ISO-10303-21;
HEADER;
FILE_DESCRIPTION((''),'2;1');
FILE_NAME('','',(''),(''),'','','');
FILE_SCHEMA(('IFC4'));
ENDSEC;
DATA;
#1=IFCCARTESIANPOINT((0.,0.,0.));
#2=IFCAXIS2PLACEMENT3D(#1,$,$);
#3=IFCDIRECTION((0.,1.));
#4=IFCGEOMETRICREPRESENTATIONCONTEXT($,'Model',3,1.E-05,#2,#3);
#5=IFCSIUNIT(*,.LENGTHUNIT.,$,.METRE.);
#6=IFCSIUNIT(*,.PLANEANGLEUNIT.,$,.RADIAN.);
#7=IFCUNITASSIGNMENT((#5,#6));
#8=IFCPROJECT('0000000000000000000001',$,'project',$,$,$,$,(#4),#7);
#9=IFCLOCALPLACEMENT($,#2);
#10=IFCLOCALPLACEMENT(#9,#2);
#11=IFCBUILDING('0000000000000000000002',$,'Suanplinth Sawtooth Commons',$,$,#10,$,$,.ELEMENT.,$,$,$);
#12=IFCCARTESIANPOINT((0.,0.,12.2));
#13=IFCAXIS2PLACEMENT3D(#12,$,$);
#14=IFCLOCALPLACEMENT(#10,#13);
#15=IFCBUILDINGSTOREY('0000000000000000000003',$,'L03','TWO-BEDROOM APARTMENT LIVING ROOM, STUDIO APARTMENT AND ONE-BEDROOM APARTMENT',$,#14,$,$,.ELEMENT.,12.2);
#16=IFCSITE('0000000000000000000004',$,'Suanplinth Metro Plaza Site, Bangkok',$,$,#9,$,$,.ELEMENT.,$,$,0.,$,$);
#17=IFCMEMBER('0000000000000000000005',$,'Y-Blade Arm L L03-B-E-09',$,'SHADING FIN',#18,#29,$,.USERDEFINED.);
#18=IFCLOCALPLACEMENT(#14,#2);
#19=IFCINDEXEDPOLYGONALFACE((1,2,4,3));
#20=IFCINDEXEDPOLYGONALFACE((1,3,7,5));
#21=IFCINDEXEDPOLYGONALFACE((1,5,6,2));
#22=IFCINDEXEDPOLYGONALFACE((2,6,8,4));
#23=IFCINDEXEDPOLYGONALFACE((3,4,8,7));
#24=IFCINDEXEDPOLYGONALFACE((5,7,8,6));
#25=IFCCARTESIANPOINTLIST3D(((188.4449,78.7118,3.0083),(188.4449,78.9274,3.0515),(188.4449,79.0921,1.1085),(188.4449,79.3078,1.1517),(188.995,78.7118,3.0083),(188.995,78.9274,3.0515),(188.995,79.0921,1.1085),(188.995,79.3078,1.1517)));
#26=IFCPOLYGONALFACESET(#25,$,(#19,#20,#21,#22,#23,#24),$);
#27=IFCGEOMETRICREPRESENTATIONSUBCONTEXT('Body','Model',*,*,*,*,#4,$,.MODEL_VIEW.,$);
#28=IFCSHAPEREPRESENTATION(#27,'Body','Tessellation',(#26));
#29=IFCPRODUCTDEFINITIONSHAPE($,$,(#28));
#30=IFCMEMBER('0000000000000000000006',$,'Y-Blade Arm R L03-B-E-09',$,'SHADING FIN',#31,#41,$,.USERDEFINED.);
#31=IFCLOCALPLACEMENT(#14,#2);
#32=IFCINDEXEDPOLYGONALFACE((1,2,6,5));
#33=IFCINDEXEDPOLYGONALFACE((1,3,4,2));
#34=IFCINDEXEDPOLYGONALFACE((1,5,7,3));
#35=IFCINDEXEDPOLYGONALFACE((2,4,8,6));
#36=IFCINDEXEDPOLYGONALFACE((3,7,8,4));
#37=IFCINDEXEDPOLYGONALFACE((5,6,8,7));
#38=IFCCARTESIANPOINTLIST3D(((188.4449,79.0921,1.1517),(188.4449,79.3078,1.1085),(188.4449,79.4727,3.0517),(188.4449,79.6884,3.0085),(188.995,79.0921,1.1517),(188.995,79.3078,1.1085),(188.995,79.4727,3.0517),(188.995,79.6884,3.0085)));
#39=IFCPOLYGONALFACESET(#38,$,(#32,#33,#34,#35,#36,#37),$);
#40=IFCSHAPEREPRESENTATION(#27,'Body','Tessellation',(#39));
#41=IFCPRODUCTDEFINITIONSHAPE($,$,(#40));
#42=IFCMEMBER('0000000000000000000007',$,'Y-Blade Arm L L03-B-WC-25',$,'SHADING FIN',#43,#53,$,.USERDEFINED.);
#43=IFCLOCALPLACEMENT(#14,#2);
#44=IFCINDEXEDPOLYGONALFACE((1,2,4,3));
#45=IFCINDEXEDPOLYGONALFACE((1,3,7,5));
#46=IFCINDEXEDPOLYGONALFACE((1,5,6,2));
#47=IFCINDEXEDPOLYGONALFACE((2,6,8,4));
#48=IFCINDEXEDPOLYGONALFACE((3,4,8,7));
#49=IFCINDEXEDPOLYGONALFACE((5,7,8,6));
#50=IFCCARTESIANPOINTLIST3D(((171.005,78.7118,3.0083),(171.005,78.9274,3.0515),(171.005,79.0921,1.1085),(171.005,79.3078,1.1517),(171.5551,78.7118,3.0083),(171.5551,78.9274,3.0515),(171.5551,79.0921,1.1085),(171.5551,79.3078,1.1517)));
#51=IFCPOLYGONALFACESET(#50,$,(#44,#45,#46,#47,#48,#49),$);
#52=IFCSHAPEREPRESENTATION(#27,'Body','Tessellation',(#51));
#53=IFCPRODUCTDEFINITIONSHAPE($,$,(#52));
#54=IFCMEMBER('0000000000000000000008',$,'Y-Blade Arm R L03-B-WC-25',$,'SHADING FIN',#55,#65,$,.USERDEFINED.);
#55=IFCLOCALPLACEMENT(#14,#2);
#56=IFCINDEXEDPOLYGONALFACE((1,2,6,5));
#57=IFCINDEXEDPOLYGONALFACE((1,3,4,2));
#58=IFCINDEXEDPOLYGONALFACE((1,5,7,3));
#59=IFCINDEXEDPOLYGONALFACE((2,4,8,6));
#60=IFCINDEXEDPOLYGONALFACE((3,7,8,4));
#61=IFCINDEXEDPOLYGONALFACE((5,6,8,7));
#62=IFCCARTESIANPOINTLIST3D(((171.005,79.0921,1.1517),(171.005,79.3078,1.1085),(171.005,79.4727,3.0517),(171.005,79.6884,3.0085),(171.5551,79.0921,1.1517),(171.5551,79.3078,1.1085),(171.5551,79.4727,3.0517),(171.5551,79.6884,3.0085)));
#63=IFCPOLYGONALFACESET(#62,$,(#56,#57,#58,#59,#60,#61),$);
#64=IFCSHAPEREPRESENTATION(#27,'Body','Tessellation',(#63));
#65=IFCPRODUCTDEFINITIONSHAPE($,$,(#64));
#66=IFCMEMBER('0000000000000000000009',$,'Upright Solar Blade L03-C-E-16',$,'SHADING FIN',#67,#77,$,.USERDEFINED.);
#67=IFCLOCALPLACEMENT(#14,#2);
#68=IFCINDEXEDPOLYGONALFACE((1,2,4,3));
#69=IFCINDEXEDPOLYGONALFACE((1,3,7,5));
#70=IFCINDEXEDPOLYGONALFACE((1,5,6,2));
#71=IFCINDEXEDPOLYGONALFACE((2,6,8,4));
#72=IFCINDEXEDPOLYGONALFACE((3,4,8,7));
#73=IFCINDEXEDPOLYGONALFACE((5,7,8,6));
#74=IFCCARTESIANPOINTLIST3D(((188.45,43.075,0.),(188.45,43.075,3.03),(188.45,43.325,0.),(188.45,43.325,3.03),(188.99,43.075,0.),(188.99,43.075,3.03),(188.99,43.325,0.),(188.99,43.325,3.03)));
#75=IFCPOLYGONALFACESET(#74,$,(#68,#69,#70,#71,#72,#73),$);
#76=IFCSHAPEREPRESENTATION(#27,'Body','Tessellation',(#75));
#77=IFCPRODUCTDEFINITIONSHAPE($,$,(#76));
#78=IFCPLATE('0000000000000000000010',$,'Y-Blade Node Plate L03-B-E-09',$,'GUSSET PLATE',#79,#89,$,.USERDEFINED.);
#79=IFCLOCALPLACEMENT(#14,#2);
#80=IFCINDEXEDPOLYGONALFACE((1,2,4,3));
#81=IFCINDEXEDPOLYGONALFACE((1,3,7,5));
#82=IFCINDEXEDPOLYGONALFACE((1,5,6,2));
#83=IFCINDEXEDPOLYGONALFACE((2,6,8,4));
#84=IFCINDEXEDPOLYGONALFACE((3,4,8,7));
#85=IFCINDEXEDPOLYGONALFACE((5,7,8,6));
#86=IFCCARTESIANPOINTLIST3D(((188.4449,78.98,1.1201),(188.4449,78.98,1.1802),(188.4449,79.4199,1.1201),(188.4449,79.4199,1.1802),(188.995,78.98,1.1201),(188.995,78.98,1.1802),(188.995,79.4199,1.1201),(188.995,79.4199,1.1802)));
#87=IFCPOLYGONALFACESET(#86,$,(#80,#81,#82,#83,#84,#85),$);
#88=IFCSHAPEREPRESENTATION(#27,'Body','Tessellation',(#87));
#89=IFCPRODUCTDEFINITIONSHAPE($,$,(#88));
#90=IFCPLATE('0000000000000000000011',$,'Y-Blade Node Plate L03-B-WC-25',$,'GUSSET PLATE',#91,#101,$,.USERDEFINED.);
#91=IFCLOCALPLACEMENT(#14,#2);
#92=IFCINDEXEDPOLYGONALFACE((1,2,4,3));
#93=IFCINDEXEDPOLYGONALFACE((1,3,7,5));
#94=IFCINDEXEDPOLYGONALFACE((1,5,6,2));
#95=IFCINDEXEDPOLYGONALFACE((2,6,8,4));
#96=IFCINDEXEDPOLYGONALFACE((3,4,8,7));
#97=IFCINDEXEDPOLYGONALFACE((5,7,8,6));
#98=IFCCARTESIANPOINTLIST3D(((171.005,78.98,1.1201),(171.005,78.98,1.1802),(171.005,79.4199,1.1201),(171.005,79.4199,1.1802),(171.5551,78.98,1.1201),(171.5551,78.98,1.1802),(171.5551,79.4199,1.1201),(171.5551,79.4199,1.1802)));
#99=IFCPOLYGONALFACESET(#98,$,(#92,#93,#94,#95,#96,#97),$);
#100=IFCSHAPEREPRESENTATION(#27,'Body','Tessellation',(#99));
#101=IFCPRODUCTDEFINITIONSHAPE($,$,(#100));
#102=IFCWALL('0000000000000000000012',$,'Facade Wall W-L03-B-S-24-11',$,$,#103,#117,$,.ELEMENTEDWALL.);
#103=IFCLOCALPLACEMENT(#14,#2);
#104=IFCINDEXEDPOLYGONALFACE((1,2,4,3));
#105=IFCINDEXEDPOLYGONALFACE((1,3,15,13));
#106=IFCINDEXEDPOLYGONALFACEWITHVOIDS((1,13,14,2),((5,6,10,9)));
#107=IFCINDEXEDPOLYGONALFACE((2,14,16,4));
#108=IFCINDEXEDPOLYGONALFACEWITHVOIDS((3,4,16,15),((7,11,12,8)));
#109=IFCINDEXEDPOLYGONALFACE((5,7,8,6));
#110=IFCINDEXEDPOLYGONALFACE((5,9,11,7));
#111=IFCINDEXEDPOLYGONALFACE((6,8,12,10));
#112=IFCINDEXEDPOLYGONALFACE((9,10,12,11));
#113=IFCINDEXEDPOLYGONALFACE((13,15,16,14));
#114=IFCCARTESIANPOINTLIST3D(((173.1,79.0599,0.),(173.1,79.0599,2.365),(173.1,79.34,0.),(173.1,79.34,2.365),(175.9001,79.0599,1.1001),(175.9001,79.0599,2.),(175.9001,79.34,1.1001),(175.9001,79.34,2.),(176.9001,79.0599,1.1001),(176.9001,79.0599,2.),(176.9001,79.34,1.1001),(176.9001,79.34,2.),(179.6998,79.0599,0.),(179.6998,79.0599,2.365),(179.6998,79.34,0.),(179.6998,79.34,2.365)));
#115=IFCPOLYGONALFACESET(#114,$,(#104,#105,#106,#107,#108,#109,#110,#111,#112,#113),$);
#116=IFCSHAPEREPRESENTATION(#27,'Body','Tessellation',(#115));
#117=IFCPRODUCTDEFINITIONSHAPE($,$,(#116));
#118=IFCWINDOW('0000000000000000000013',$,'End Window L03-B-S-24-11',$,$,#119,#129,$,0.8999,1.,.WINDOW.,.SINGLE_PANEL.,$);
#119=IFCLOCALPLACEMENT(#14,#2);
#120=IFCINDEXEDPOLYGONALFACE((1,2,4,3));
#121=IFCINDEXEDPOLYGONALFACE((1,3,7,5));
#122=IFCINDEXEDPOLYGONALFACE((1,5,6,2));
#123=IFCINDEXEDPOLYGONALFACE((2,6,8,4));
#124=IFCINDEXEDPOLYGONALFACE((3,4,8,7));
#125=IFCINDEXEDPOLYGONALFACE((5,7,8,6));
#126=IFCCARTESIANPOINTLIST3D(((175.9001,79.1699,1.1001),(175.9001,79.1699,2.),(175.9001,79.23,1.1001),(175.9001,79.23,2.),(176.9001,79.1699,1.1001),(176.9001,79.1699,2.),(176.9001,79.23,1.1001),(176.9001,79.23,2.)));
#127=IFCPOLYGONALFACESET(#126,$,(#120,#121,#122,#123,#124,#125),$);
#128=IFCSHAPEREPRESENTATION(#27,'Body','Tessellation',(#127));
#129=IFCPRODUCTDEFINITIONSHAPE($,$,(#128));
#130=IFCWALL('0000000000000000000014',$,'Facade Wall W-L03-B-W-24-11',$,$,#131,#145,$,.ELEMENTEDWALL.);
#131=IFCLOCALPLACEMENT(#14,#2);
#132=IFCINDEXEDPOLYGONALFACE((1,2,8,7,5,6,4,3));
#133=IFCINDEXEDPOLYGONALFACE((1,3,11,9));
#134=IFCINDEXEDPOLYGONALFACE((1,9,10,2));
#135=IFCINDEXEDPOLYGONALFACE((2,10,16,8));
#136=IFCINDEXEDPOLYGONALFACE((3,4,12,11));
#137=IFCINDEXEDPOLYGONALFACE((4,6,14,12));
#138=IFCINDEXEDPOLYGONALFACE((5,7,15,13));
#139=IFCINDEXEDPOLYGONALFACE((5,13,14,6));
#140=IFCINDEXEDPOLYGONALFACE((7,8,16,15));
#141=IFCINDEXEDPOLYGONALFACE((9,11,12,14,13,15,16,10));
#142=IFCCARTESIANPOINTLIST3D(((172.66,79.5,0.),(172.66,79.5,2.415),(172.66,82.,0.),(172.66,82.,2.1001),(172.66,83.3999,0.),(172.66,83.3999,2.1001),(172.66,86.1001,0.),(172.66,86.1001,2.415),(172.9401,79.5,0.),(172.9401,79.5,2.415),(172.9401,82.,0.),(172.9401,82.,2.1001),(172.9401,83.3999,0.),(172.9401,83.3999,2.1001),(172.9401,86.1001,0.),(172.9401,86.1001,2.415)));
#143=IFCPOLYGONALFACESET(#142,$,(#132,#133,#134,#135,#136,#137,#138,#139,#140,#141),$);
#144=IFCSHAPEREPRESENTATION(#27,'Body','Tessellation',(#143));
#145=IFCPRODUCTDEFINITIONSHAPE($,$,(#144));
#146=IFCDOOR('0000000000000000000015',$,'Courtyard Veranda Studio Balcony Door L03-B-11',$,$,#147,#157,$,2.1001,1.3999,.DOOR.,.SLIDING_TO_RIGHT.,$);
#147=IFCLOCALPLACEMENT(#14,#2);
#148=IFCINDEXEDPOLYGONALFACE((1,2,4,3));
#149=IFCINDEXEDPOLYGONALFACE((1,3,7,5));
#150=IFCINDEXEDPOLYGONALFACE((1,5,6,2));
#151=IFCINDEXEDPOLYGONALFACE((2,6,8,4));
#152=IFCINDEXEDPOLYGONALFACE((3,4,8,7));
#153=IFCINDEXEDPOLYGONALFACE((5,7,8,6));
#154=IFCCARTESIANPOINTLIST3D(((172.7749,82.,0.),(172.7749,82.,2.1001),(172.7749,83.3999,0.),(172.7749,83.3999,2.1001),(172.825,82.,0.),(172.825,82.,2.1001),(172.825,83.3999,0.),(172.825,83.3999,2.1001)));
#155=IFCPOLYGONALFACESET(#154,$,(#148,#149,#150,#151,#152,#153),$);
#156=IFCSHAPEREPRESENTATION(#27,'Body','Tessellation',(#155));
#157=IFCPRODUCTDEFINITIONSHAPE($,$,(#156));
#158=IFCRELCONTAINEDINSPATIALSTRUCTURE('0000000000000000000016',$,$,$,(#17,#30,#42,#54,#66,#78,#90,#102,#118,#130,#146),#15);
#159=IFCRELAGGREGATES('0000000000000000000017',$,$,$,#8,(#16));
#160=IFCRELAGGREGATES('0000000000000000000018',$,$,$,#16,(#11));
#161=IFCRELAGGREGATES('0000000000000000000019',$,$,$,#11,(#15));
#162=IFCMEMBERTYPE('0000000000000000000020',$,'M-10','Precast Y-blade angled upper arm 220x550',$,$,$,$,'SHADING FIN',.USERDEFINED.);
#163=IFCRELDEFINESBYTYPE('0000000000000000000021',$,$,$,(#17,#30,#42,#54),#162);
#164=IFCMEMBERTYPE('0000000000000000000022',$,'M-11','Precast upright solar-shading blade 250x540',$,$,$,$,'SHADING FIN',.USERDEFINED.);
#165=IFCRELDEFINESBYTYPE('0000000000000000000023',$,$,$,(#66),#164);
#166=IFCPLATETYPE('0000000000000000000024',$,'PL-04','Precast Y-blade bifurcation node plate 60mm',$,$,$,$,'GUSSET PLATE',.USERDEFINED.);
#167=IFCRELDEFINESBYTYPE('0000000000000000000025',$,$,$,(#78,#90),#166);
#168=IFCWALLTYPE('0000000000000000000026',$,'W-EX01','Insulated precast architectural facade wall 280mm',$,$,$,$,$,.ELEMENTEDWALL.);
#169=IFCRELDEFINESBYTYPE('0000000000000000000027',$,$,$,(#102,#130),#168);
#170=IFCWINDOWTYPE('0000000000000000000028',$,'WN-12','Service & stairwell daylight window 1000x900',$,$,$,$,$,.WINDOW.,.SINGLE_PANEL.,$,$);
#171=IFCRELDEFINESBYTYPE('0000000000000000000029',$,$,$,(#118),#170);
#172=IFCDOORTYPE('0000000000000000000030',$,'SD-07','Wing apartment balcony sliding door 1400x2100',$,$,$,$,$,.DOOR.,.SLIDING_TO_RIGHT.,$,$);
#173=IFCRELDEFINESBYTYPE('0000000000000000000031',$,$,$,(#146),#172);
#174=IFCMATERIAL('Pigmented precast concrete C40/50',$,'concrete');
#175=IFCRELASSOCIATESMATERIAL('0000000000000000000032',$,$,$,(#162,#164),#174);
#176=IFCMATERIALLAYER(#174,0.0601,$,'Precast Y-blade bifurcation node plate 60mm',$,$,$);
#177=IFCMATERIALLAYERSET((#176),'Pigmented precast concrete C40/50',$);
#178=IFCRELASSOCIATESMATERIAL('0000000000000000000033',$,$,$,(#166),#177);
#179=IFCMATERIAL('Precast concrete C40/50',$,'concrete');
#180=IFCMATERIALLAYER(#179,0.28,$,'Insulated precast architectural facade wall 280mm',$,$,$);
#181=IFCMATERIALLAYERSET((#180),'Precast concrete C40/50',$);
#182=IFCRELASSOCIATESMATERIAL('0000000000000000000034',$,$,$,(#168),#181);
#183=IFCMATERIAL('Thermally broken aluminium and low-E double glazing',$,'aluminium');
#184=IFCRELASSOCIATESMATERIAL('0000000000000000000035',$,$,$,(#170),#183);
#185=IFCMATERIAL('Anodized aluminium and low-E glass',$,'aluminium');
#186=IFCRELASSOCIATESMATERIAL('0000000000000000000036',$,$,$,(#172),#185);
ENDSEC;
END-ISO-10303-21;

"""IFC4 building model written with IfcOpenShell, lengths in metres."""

from ifc_helpers import new_model, si_unit, direction, frame, frame_2d, origin, origin_2d, place, context, subcontext, project, spatial, rectangle, extrude, material, layer, layer_set, material_profile, profile_set, type_object, element, fill, save


model = new_model("IFC4")

# Units and contexts
model_context = context("Model", 3, precision=1e-05, world=origin(), true_north=direction((0.0, 1.0)))
body_context = subcontext(model_context, "Body", "Model", "MODEL_VIEW")
ifc_project = project(units=[si_unit("LENGTHUNIT", "METRE"), si_unit("PLANEANGLEUNIT", "RADIAN")], contexts=[model_context])

# Site, building, storey
site_placement = place(None, origin())
site = spatial("IfcSite", under=ifc_project, at=site_placement, Name="Suanplinth Metro Plaza Site, Bangkok", CompositionType="ELEMENT", RefElevation=0.0)
building_placement = place(site_placement, origin())
building = spatial("IfcBuilding", under=site, at=building_placement, Name="Suanplinth Sawtooth Commons", CompositionType="ELEMENT")
storey_placement = place(building_placement, frame((0.0, 0.0, 12.2)))
storey = spatial("IfcBuildingStorey", under=building, at=storey_placement, Name="L03", Description="TWO-BEDROOM APARTMENT LIVING ROOM, STUDIO APARTMENT AND ONE-BEDROOM APARTMENT", CompositionType="ELEMENT", Elevation=12.2)

# Shared definitions
ifc_material_1 = material(Name="Precast concrete C40/50", Category="concrete")

# Members
ifc_material_2 = material(Name="Pigmented precast concrete C40/50", Category="concrete")
ifc_material_profile_1 = material_profile(ifc_material_2, rectangle(XDim=0.22, YDim=0.55, at=origin_2d()), Name="PC-FIN 220x550")
ifc_profile_set_1 = profile_set([ifc_material_profile_1], Name="Pigmented precast concrete C40/50")
member_type_1 = type_object("IfcMemberType", Name="M-10", Description="Precast Y-blade angled upper arm 220x550", ElementType="SHADING FIN", PredefinedType="USERDEFINED", material=ifc_profile_set_1)
member_1_placement = place(storey_placement, frame((188.72, 79.2, 1.1301), z_axis=(0.0, -0.19631, 0.980542), x_axis=(0.0, 0.980542, 0.19631)))
element("IfcMember", 1, at=member_1_placement, inside=storey, type_object=member_type_1, Name="Y-Blade Arm L L03-B-E-09", ObjectType="SHADING FIN", PredefinedType="USERDEFINED", context=body_context, shape_type="SweptSolid", body=[
    extrude(rectangle(XDim=0.22, YDim=0.55, at=origin_2d()), origin(), (0.0, 0.0, 1.0), 1.9375),
])
member_2_placement = place(storey_placement, frame((188.72, 79.2, 1.1301), z_axis=(0.0, 0.196431, 0.980518), x_axis=(0.0, -0.980518, 0.196431)))
element("IfcMember", 2, at=member_2_placement, inside=storey, type_object=member_type_1, Name="Y-Blade Arm R L03-B-E-09", ObjectType="SHADING FIN", PredefinedType="USERDEFINED", context=body_context, shape_type="SweptSolid", body=[
    extrude(rectangle(XDim=0.22, YDim=0.55, at=origin_2d()), origin(), (0.0, 0.0, 1.0), 1.9377),
])
member_3_placement = place(storey_placement, frame((171.28, 79.2, 1.1301), z_axis=(0.0, -0.19631, 0.980542), x_axis=(0.0, 0.980542, 0.19631)))
element("IfcMember", 3, at=member_3_placement, inside=storey, type_object=member_type_1, Name="Y-Blade Arm L L03-B-WC-25", ObjectType="SHADING FIN", PredefinedType="USERDEFINED", context=body_context, shape_type="SweptSolid", body=[
    extrude(rectangle(XDim=0.22, YDim=0.55, at=origin_2d()), origin(), (0.0, 0.0, 1.0), 1.9375),
])
member_4_placement = place(storey_placement, frame((171.28, 79.2, 1.1301), z_axis=(0.0, 0.196431, 0.980518), x_axis=(0.0, -0.980518, 0.196431)))
element("IfcMember", 4, at=member_4_placement, inside=storey, type_object=member_type_1, Name="Y-Blade Arm R L03-B-WC-25", ObjectType="SHADING FIN", PredefinedType="USERDEFINED", context=body_context, shape_type="SweptSolid", body=[
    extrude(rectangle(XDim=0.22, YDim=0.55, at=origin_2d()), origin(), (0.0, 0.0, 1.0), 1.9377),
])
ifc_material_profile_2 = material_profile(ifc_material_2, rectangle(XDim=0.25, YDim=0.54, at=origin_2d()), Name="PC-FIN 250x540")
ifc_profile_set_2 = profile_set([ifc_material_profile_2], Name="Pigmented precast concrete C40/50")
member_type_2 = type_object("IfcMemberType", Name="M-11", Description="Precast upright solar-shading blade 250x540", ElementType="SHADING FIN", PredefinedType="USERDEFINED", material=ifc_profile_set_2)
member_5_placement = place(storey_placement, frame((188.72, 43.2, 0.0), z_axis=(0.0, 0.0, 1.0), x_axis=(0.0, 1.0, 0.0)))
element("IfcMember", 5, at=member_5_placement, inside=storey, type_object=member_type_2, Name="Upright Solar Blade L03-C-E-16", ObjectType="SHADING FIN", PredefinedType="USERDEFINED", context=body_context, shape_type="SweptSolid", body=[
    extrude(rectangle(XDim=0.25, YDim=0.54, at=origin_2d()), origin(), (0.0, 0.0, 1.0), 3.03),
])

# Plates
ifc_layer_1 = layer(ifc_material_2, 0.0601, Name="Precast Y-blade bifurcation node plate 60mm")
ifc_layer_set_1 = layer_set([ifc_layer_1], Name="Pigmented precast concrete C40/50")
plate_type = type_object("IfcPlateType", Name="PL-04", Description="Precast Y-blade bifurcation node plate 60mm", ElementType="GUSSET PLATE", PredefinedType="USERDEFINED", material=ifc_layer_set_1)
for number, where, z_axis, x_axis, name in (
    (6, (188.72, 79.2, 1.1201), (0.0, 0.0, 1.0), (0.0, 1.0, 0.0), "Y-Blade Node Plate L03-B-E-09"),
    (7, (171.28, 79.2, 1.1201), (0.0, 0.0, 1.0), (0.0, 1.0, 0.0), "Y-Blade Node Plate L03-B-WC-25"),
):
    element("IfcPlate", number, at=place(storey_placement, frame(where, z_axis=z_axis, x_axis=x_axis)), inside=storey, type_object=plate_type, Name=name, ObjectType="GUSSET PLATE", PredefinedType="USERDEFINED", context=body_context, shape_type="SweptSolid", body=[
        extrude(rectangle(XDim=0.4399, YDim=0.55, at=origin_2d()), origin(), (0.0, 0.0, 1.0), 0.0601),
    ])

# Wall, opening, window
ifc_layer_2 = layer(ifc_material_1, 0.28, Name="Insulated precast architectural facade wall 280mm")
ifc_layer_set_2 = layer_set([ifc_layer_2], Name="Precast concrete C40/50")
wall_type = type_object("IfcWallType", Name="W-EX01", Description="Insulated precast architectural facade wall 280mm", PredefinedType="ELEMENTEDWALL", material=ifc_layer_set_2)
wall_1_placement = place(storey_placement, frame((173.1001, 79.2, 0.0), z_axis=(0.0, 0.0, 1.0), x_axis=(1.0, 0.0, 0.0)))
wall_1 = element("IfcWall", 8, at=wall_1_placement, inside=storey, type_object=wall_type, Name="Facade Wall W-L03-B-S-24-11", PredefinedType="ELEMENTEDWALL", context=body_context, shape_type="SweptSolid", body=[
    extrude(rectangle(XDim=6.5999, YDim=0.28, at=frame_2d((3.2998, 0.0))), origin(), (0.0, 0.0, 1.0), 2.365),
])
opening_1_placement = place(wall_1_placement, frame((2.8, 0.0, 1.1001)))
opening_1 = element("IfcOpeningElement", 9, at=opening_1_placement, cuts=wall_1, PredefinedType="OPENING", context=body_context, shape_type="SweptSolid", body=[
    extrude(rectangle(XDim=1.0, YDim=0.8999, at=frame_2d((0.5, 0.45))), frame((0.0, 0.1548, 0.0), z_axis=(0.0, -1.0, 0.0), x_axis=(1.0, 0.0, 0.0)), (0.0, 0.0, 1.0), 0.3098),
])
ifc_material_3 = material(Name="Thermally broken aluminium and low-E double glazing", Category="aluminium")
window_type = type_object("IfcWindowType", Name="WN-12", Description="Service & stairwell daylight window 1000x900", PartitioningType="SINGLE_PANEL", PredefinedType="WINDOW", material=ifc_material_3)
window_placement = place(opening_1_placement, origin())
window = element("IfcWindow", 10, at=window_placement, inside=storey, type_object=window_type, Name="End Window L03-B-S-24-11", OverallHeight=0.8999, OverallWidth=1.0, PartitioningType="SINGLE_PANEL", PredefinedType="WINDOW", context=body_context, shape_type="SweptSolid", body=[
    extrude(rectangle(XDim=1.0, YDim=0.8999, at=frame_2d((0.5, 0.45))), frame((0.0, 0.03, 0.0), z_axis=(0.0, -1.0, 0.0), x_axis=(1.0, 0.0, 0.0)), (0.0, 0.0, 1.0), 0.0601),
])
fill(opening_1, window)

# Wall, opening, door
wall_2_placement = place(storey_placement, frame((172.8, 79.5, 0.0), z_axis=(0.0, 0.0, 1.0), x_axis=(0.0, 1.0, 0.0)))
wall_2 = element("IfcWall", 11, at=wall_2_placement, inside=storey, type_object=wall_type, Name="Facade Wall W-L03-B-W-24-11", PredefinedType="ELEMENTEDWALL", context=body_context, shape_type="SweptSolid", body=[
    extrude(rectangle(XDim=6.6001, YDim=0.28, at=frame_2d((3.3, 0.0))), origin(), (0.0, 0.0, 1.0), 2.415),
])
opening_2_placement = place(wall_2_placement, frame((2.5, 0.0, 0.0)))
opening_2 = element("IfcOpeningElement", 12, at=opening_2_placement, cuts=wall_2, PredefinedType="OPENING", context=body_context, shape_type="SweptSolid", body=[
    extrude(rectangle(XDim=1.3999, YDim=2.1001, at=frame_2d((0.7, 1.05))), frame((0.0, 0.1548, 0.0), z_axis=(0.0, -1.0, 0.0), x_axis=(1.0, 0.0, 0.0)), (0.0, 0.0, 1.0), 0.3098),
])
ifc_material_4 = material(Name="Anodized aluminium and low-E glass", Category="aluminium")
door_type = type_object("IfcDoorType", Name="SD-07", Description="Wing apartment balcony sliding door 1400x2100", OperationType="SLIDING_TO_RIGHT", PredefinedType="DOOR", material=ifc_material_4)
door_1_placement = place(opening_2_placement, frame((1.3999, 0.0, 0.0), z_axis=(0.0, 0.0, 1.0), x_axis=(-1.0, 0.0, 0.0)))
door_1 = element("IfcDoor", 13, at=door_1_placement, inside=storey, type_object=door_type, Name="Courtyard Veranda Studio Balcony Door L03-B-11", OperationType="SLIDING_TO_RIGHT", OverallHeight=2.1001, OverallWidth=1.3999, PredefinedType="DOOR", context=body_context, shape_type="SweptSolid", body=[
    extrude(rectangle(XDim=1.3999, YDim=2.1001, at=frame_2d((0.7, 1.05))), frame((0.0, 0.0249, 0.0), z_axis=(0.0, -1.0, 0.0), x_axis=(1.0, 0.0, 0.0)), (0.0, 0.0, 1.0), 0.05),
])
fill(opening_2, door_1)

save(model, "model.ifc")
